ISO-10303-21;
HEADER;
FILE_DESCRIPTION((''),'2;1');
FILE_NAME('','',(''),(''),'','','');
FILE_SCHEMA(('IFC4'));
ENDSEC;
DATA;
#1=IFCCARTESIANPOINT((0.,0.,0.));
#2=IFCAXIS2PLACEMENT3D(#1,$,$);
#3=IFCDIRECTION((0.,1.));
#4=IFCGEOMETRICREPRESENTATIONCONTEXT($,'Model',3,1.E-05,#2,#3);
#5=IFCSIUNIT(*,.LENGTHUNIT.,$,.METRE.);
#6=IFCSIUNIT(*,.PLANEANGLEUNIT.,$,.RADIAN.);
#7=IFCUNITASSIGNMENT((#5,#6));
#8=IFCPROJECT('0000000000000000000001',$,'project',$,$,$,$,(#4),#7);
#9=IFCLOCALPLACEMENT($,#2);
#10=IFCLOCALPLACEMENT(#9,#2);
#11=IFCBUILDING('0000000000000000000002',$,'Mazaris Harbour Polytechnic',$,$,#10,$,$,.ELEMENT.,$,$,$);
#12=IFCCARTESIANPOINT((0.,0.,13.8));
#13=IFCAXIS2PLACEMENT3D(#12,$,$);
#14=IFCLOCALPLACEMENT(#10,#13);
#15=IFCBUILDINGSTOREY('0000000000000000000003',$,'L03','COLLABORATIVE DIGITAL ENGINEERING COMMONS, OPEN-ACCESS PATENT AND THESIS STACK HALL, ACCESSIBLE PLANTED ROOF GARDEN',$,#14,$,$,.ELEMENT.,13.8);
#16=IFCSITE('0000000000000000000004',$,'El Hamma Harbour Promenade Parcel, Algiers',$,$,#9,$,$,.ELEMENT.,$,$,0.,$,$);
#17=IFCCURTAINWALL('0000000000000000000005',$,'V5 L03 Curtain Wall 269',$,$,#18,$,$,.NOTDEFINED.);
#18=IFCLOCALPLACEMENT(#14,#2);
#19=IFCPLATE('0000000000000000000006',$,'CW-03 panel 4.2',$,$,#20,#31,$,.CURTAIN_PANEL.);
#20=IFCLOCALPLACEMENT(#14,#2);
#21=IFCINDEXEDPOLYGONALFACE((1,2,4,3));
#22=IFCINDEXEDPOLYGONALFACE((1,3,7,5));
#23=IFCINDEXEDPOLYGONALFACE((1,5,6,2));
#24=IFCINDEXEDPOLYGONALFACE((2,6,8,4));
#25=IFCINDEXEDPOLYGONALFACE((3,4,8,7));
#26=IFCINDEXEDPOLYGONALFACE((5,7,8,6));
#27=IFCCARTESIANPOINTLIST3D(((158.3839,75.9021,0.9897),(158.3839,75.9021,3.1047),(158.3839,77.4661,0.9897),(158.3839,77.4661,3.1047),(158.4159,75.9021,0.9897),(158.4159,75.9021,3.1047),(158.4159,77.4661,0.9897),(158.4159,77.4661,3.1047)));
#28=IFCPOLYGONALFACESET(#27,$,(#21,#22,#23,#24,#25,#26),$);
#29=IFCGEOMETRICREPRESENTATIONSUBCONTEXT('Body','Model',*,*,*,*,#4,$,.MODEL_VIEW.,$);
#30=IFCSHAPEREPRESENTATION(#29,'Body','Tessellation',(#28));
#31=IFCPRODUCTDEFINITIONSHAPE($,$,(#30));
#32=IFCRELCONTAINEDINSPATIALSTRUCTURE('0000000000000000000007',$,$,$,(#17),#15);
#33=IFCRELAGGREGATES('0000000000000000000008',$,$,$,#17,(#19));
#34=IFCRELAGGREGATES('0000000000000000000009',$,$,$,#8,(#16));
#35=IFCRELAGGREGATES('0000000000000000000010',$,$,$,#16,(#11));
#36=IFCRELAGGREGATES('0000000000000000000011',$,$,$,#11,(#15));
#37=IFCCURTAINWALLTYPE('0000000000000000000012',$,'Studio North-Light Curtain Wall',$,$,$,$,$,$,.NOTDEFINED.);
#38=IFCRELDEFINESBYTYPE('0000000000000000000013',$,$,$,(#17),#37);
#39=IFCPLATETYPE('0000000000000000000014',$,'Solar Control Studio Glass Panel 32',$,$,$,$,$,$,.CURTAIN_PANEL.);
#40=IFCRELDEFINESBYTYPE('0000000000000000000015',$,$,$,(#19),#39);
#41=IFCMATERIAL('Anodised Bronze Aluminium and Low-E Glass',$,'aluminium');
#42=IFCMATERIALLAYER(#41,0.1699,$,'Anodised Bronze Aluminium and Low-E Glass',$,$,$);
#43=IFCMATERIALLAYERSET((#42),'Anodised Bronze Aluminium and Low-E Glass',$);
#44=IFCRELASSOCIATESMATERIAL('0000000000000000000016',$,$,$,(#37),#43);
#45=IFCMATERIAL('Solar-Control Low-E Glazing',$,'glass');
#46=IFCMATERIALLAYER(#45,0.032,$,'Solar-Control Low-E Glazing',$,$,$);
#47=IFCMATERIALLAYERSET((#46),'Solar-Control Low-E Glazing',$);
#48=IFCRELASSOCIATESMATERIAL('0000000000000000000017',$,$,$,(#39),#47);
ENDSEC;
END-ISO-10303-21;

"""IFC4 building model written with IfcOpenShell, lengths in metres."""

from ifc_helpers import new_model, si_unit, direction, frame, origin, origin_2d, place, context, subcontext, project, spatial, rectangle, extrude, material, layer, layer_set, type_object, element, aggregate, save


model = new_model("IFC4")

# Units and contexts
model_context = context("Model", 3, precision=1e-05, world=origin(), true_north=direction((0.0, 1.0)))
body_context = subcontext(model_context, "Body", "Model", "MODEL_VIEW")
ifc_project = project(units=[si_unit("LENGTHUNIT", "METRE"), si_unit("PLANEANGLEUNIT", "RADIAN")], contexts=[model_context])

# Site, building, storey
site_placement = place(None, origin())
site = spatial("IfcSite", under=ifc_project, at=site_placement, Name="El Hamma Harbour Promenade Parcel, Algiers", CompositionType="ELEMENT", RefElevation=0.0)
building_placement = place(site_placement, origin())
building = spatial("IfcBuilding", under=site, at=building_placement, Name="Mazaris Harbour Polytechnic", CompositionType="ELEMENT")
storey_placement = place(building_placement, frame((0.0, 0.0, 13.8)))
storey = spatial("IfcBuildingStorey", under=building, at=storey_placement, Name="L03", Description="COLLABORATIVE DIGITAL ENGINEERING COMMONS, OPEN-ACCESS PATENT AND THESIS STACK HALL, ACCESSIBLE PLANTED ROOF GARDEN", CompositionType="ELEMENT", Elevation=13.8)

# Curtain wall, plate
ifc_material_1 = material(Name="Anodised Bronze Aluminium and Low-E Glass", Category="aluminium")
ifc_layer_1 = layer(ifc_material_1, 0.1699, Name="Anodised Bronze Aluminium and Low-E Glass")
ifc_layer_set_1 = layer_set([ifc_layer_1], Name="Anodised Bronze Aluminium and Low-E Glass")
curtain_wall_type = type_object("IfcCurtainWallType", Name="Studio North-Light Curtain Wall", PredefinedType="NOTDEFINED", material=ifc_layer_set_1)
curtain_wall_placement = place(storey_placement, origin())
curtain_wall = element("IfcCurtainWall", 1, at=curtain_wall_placement, inside=storey, type_object=curtain_wall_type, Name="V5 L03 Curtain Wall 269", PredefinedType="NOTDEFINED")
ifc_material_2 = material(Name="Solar-Control Low-E Glazing", Category="glass")
ifc_layer_2 = layer(ifc_material_2, 0.032, Name="Solar-Control Low-E Glazing")
ifc_layer_set_2 = layer_set([ifc_layer_2], Name="Solar-Control Low-E Glazing")
plate_type = type_object("IfcPlateType", Name="Solar Control Studio Glass Panel 32", PredefinedType="CURTAIN_PANEL", material=ifc_layer_set_2)
plate_1_placement = place(storey_placement, frame((158.3999, 76.6841, 0.9897), z_axis=(0.0, 0.0, 1.0), x_axis=(0.0, -1.0, 0.0)))
plate_1 = element("IfcPlate", 2, at=plate_1_placement, type_object=plate_type, Name="CW-03 panel 4.2", PredefinedType="CURTAIN_PANEL", context=body_context, shape_type="SweptSolid", body=[
    extrude(rectangle(XDim=1.564, YDim=0.032, at=origin_2d()), origin(), (0.0, 0.0, 1.0), 2.115),
])
aggregate(curtain_wall, [plate_1])

save(model, "model.ifc")
